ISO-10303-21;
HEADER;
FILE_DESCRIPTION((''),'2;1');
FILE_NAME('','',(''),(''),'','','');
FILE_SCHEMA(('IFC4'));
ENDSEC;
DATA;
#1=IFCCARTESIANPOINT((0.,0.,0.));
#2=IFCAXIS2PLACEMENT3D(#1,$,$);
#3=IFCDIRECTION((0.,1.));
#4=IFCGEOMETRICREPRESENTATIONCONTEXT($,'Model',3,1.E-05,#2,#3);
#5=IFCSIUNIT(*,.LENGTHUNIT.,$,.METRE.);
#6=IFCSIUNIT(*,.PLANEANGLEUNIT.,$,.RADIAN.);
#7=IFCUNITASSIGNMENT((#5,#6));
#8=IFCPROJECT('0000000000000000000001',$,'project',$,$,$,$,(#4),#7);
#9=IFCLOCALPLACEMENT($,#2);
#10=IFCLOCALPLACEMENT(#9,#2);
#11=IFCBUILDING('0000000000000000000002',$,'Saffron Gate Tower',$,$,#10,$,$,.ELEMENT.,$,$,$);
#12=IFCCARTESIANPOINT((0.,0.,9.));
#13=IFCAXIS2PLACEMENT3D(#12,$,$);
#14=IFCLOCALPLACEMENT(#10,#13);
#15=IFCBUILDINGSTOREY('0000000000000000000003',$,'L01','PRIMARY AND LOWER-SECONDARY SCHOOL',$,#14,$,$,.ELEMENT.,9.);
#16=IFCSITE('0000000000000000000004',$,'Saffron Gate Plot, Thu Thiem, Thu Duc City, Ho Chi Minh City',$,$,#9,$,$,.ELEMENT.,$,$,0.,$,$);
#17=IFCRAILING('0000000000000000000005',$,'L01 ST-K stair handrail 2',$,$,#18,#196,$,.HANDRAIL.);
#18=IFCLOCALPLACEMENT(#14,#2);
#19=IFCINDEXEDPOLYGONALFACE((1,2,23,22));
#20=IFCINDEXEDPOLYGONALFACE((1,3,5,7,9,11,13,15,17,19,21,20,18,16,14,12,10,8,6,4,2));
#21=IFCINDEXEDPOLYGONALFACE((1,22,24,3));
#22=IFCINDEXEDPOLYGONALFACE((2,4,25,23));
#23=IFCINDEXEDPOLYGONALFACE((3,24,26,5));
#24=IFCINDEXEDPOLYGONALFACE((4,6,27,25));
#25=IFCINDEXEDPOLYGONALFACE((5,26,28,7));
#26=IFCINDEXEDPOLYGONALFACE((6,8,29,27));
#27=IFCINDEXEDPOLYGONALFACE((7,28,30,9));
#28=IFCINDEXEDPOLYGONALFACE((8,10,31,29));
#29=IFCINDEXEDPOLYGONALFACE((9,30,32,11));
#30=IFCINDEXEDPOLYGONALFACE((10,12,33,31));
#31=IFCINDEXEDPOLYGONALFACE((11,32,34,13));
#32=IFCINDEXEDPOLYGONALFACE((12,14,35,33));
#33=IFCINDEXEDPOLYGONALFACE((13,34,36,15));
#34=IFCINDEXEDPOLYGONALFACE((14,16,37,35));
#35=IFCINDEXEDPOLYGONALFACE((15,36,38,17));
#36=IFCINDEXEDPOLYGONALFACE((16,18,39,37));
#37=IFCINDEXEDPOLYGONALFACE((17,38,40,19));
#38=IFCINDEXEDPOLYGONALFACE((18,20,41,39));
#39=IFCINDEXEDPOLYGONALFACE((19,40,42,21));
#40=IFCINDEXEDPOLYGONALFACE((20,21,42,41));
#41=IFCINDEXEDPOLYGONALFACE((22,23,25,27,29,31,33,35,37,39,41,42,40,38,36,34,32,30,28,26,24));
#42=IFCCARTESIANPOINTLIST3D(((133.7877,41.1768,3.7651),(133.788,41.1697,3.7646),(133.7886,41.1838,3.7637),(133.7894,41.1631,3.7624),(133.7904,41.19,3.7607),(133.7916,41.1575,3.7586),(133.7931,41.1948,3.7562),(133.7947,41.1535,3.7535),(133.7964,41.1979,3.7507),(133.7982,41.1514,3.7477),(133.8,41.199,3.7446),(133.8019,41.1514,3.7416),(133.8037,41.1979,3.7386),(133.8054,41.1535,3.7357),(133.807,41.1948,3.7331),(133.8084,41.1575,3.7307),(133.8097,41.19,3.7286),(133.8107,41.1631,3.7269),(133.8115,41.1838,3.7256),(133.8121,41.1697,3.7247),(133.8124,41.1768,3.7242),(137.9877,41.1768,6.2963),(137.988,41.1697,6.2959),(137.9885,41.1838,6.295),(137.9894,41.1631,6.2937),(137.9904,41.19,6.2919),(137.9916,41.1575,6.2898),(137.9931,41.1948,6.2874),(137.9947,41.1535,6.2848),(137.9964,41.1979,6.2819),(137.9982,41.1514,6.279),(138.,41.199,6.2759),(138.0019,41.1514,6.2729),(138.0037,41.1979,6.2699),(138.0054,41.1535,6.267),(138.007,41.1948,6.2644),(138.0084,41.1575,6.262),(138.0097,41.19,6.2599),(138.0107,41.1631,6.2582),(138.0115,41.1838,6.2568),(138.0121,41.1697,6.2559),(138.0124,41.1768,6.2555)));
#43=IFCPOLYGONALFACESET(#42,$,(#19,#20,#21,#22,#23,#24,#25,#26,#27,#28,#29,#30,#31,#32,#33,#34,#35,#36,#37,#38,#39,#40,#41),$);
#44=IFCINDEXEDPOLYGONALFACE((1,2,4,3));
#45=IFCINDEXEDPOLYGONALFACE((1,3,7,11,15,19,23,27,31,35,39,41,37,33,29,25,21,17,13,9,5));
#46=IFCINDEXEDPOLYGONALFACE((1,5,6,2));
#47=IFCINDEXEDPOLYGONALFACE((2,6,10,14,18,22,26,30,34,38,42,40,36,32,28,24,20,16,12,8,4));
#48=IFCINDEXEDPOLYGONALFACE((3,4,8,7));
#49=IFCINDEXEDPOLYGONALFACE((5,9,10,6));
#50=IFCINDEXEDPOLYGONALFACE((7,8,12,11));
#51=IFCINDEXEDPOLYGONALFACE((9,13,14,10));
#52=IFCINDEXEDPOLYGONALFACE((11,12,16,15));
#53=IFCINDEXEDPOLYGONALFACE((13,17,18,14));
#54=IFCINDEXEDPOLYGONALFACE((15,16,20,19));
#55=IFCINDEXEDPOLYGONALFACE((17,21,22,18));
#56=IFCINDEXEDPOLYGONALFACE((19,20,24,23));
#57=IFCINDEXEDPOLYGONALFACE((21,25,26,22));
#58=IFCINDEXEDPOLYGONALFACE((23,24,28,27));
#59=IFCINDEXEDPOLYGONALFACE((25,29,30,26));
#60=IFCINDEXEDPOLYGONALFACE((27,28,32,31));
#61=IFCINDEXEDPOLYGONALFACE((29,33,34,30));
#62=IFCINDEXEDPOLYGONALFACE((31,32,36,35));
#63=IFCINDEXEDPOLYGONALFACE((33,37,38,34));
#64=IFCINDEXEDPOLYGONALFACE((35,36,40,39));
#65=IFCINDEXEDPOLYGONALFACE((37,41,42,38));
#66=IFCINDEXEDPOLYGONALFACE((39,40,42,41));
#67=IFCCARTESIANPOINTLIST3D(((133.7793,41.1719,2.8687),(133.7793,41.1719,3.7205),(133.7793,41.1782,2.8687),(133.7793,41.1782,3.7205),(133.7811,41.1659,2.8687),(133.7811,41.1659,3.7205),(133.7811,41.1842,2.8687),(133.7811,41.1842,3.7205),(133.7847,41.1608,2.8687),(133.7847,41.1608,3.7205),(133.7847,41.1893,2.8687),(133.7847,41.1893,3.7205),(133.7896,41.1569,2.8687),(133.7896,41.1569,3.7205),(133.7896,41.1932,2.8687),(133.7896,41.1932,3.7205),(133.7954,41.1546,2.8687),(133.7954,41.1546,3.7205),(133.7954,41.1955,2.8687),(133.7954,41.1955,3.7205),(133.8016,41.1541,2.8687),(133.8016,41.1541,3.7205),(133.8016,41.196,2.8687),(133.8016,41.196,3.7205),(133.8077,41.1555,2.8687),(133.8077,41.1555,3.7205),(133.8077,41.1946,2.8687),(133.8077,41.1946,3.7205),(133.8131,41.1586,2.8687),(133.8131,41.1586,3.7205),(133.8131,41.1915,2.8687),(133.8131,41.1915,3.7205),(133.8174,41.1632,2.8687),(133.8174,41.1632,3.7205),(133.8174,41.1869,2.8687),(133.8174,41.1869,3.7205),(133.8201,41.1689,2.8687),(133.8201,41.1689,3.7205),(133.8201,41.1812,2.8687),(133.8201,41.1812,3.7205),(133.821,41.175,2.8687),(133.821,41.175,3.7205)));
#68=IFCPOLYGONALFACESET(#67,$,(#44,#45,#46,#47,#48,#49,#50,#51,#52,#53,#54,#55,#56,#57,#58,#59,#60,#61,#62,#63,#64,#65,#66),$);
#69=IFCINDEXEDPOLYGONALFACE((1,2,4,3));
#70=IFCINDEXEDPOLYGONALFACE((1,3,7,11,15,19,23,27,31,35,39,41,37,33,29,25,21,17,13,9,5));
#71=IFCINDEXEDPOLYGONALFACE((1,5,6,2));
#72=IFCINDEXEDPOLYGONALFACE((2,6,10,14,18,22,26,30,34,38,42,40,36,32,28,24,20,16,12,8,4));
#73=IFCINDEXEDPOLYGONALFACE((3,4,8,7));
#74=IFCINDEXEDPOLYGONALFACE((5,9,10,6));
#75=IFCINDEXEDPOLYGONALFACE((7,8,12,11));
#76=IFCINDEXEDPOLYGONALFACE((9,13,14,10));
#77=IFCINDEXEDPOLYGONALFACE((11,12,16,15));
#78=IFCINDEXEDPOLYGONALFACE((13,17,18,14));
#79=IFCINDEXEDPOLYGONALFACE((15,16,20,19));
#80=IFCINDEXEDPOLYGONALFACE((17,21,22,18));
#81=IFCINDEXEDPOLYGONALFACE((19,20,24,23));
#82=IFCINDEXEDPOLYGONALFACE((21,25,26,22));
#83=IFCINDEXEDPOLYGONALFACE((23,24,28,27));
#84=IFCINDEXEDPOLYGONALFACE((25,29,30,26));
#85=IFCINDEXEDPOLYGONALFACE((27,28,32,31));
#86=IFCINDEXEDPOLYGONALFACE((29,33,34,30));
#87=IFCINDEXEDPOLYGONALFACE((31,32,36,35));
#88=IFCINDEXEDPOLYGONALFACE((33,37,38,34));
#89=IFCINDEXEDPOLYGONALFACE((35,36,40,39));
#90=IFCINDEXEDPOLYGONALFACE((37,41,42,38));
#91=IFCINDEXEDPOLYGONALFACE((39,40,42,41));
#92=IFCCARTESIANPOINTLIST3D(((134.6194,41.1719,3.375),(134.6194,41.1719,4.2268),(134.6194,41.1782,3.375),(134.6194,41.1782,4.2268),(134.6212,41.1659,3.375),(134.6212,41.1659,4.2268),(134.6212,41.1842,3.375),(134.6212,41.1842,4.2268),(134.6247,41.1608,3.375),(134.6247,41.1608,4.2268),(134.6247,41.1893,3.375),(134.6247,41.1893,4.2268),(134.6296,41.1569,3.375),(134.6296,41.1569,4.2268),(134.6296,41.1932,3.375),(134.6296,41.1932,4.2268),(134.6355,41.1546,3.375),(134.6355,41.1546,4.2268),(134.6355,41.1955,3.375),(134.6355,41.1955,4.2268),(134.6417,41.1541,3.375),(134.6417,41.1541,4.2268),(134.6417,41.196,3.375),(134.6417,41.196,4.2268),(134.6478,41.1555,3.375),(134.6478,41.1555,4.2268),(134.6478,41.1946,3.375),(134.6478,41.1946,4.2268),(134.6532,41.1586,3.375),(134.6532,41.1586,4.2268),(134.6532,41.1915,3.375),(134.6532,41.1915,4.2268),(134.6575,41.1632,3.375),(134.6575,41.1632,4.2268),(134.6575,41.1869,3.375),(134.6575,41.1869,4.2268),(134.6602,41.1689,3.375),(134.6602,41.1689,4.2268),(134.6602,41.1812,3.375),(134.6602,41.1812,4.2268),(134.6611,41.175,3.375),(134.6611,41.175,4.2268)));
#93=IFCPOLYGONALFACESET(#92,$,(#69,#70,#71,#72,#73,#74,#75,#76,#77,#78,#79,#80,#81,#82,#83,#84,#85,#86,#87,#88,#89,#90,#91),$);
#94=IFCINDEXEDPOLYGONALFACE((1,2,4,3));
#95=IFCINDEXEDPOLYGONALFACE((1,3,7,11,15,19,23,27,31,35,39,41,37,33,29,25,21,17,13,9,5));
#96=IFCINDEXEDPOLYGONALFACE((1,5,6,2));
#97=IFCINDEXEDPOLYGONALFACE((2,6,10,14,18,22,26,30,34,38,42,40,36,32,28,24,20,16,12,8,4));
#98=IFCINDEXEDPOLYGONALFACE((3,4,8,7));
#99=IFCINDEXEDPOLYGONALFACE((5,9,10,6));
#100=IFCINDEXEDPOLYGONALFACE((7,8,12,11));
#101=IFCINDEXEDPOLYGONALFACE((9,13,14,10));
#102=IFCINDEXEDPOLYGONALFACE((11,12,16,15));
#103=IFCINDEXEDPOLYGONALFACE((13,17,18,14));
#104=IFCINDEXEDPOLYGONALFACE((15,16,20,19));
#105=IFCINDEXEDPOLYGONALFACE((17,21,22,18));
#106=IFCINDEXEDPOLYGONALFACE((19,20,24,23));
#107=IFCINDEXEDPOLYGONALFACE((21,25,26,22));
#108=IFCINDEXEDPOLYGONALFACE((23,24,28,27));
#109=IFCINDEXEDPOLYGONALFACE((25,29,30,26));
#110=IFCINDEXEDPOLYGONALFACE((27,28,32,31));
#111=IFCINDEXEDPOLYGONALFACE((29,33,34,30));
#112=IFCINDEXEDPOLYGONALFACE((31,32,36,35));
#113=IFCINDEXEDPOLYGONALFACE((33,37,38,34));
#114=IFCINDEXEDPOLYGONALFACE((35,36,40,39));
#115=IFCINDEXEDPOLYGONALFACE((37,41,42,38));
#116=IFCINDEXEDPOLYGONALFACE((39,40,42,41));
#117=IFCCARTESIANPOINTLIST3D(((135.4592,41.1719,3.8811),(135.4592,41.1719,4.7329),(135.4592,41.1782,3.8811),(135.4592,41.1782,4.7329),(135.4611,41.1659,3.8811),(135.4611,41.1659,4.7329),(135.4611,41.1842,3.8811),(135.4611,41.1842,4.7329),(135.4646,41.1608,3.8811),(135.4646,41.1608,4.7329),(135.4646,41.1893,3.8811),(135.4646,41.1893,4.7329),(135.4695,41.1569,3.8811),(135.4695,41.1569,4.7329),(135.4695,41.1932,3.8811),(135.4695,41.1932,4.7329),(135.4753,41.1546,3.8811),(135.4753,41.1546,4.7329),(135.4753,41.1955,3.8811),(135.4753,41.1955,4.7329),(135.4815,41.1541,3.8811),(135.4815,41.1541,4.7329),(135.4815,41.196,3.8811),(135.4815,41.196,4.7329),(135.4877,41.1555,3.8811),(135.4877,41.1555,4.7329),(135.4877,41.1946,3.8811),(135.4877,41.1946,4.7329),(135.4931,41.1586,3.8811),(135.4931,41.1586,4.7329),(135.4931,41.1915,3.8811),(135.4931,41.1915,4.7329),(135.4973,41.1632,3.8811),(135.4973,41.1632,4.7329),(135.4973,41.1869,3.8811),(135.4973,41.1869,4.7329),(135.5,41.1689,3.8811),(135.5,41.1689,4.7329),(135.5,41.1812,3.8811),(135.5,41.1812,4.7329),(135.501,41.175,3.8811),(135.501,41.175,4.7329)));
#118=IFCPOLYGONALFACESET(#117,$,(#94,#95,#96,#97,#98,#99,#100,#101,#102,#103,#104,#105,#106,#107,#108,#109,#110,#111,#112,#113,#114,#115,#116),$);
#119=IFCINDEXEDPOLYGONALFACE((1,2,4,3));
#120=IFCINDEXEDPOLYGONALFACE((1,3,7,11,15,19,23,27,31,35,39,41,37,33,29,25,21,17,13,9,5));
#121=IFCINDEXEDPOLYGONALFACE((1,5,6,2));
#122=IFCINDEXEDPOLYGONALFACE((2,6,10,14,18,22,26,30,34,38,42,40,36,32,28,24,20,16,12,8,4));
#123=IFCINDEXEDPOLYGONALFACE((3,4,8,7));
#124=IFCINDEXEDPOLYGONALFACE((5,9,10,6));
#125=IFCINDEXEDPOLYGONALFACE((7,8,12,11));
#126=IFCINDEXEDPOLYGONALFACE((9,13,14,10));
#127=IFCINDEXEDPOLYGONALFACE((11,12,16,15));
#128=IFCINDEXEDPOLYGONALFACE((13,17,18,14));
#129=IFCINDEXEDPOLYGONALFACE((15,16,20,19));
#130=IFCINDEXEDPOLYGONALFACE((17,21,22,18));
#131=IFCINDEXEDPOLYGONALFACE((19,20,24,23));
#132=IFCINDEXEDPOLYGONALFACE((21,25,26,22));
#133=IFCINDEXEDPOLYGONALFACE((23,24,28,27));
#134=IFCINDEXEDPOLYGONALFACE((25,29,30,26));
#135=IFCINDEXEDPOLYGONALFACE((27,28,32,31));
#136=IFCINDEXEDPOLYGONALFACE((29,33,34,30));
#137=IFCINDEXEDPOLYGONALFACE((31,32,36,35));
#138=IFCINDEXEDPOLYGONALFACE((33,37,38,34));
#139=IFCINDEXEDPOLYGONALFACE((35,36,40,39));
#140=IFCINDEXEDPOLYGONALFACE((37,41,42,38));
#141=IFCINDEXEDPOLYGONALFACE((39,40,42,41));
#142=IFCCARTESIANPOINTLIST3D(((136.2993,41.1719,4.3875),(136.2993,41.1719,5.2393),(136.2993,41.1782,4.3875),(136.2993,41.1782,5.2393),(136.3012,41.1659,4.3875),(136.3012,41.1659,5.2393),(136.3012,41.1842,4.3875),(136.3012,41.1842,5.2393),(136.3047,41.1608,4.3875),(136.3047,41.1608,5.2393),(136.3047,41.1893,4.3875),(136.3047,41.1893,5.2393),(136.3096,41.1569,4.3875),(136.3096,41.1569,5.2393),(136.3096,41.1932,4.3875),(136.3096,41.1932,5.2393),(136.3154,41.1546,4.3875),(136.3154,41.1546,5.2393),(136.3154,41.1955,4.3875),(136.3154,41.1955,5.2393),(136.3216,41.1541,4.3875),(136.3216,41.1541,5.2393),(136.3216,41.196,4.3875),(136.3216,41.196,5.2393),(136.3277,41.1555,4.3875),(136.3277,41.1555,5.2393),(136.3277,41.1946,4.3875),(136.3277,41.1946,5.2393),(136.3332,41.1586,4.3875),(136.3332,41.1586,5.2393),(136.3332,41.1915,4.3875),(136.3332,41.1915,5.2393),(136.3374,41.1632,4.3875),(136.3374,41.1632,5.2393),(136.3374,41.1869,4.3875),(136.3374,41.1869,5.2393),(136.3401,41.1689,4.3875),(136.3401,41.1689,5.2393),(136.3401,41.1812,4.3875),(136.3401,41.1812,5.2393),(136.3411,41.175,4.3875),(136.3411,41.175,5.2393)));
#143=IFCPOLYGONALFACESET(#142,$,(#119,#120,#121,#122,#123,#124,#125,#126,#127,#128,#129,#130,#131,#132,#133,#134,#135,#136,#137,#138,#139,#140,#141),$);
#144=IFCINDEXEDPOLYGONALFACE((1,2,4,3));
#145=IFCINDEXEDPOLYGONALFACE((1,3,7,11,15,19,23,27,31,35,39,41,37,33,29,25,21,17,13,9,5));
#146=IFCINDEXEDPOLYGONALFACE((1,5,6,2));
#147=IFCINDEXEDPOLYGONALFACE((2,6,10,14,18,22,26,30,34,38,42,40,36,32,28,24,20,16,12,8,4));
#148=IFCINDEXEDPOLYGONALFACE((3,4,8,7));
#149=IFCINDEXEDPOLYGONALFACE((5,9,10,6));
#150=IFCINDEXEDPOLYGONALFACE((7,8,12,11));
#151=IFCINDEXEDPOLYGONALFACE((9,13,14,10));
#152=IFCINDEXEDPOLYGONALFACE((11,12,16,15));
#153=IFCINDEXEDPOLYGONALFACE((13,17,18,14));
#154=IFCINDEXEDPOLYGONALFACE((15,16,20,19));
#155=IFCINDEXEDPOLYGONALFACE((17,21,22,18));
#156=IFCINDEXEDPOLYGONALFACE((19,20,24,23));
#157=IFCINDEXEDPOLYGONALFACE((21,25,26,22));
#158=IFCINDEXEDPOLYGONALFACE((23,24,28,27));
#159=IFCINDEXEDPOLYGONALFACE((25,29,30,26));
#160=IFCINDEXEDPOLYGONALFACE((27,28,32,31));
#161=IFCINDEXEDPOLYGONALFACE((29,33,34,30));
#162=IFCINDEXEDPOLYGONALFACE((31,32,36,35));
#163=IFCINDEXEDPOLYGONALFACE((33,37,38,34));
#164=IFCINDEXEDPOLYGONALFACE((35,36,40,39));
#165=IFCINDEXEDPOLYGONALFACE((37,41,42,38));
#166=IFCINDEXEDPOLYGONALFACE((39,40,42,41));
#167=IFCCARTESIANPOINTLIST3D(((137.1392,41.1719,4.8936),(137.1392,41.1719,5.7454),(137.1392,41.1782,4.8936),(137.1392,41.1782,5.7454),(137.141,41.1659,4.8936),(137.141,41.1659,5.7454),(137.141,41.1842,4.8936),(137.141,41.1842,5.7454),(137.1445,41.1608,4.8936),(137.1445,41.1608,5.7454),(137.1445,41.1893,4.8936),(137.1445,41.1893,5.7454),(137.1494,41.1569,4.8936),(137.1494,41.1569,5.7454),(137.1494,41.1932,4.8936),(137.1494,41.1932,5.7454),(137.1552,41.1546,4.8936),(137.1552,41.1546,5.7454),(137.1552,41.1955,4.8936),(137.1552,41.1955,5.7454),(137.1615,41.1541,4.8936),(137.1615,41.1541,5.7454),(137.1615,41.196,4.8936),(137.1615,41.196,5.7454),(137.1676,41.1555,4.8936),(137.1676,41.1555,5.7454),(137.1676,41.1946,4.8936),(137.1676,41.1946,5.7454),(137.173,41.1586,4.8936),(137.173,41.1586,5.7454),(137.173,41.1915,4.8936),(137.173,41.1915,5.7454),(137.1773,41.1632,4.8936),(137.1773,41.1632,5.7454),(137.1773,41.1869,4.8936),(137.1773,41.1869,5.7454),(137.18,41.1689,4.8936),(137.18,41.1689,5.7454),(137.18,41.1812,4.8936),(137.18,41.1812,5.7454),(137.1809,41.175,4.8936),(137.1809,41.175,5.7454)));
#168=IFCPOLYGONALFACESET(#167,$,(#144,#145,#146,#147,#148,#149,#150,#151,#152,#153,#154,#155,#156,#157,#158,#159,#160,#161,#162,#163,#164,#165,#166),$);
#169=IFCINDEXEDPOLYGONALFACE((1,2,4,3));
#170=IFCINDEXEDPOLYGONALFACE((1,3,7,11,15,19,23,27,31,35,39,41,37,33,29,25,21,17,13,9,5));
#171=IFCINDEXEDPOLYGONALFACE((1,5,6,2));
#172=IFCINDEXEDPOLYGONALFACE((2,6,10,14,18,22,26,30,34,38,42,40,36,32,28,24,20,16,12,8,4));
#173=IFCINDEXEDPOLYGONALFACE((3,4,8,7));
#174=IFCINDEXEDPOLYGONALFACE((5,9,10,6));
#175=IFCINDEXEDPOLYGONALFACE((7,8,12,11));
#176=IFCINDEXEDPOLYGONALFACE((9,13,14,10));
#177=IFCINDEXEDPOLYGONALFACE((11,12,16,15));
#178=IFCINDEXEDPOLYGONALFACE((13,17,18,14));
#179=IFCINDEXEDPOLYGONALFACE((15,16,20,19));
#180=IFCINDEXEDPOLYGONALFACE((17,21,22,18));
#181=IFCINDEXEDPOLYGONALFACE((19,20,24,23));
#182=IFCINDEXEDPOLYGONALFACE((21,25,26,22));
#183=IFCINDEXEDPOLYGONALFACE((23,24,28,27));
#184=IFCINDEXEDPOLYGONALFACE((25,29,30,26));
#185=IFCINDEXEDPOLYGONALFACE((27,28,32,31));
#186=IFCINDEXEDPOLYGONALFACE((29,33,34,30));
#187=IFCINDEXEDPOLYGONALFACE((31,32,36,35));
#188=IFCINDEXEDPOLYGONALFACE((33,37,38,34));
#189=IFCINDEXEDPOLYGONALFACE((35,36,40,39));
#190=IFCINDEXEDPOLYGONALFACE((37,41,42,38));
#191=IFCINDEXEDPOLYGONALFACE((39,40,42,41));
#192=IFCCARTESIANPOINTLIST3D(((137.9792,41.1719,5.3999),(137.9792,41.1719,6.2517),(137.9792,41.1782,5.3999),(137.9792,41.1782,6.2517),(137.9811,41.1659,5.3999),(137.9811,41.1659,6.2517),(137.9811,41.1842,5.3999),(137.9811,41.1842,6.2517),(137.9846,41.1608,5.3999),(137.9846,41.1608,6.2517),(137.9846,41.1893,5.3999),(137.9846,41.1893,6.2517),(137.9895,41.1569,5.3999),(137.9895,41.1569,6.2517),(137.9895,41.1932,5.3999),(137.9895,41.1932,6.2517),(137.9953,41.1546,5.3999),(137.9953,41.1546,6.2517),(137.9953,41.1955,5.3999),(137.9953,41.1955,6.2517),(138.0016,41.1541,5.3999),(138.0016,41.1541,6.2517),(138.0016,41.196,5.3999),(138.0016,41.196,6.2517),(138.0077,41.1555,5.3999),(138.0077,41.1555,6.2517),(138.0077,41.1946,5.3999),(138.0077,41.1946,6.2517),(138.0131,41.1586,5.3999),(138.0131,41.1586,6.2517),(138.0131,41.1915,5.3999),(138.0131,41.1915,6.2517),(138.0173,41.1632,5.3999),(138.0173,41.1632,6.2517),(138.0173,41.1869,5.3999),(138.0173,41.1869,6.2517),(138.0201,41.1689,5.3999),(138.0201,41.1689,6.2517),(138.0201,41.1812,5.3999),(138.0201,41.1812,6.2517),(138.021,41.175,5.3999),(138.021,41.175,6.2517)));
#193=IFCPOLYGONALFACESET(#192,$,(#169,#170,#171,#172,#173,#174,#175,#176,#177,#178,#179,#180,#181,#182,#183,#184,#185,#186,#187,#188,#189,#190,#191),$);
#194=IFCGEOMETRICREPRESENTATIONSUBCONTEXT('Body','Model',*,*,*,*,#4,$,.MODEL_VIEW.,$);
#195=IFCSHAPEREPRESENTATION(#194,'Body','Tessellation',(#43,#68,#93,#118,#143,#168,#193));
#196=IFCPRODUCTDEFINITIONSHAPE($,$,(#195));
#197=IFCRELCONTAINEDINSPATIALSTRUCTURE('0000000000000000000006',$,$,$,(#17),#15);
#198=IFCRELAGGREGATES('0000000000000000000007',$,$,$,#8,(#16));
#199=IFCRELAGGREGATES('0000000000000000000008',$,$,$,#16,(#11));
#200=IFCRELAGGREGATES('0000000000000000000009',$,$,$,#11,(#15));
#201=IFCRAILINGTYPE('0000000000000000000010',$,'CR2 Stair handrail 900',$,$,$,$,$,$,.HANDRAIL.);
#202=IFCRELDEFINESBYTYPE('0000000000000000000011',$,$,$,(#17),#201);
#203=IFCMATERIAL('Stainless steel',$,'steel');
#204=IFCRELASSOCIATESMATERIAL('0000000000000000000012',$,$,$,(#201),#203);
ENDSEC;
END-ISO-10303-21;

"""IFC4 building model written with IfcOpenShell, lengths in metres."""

from ifc_helpers import new_model, si_unit, direction, frame, origin, origin_2d, place, context, subcontext, project, spatial, circle, extrude, material, type_object, element, save


model = new_model("IFC4")

# Units and contexts
model_context = context("Model", 3, precision=1e-05, world=origin(), true_north=direction((0.0, 1.0)))
body_context = subcontext(model_context, "Body", "Model", "MODEL_VIEW")
ifc_project = project(units=[si_unit("LENGTHUNIT", "METRE"), si_unit("PLANEANGLEUNIT", "RADIAN")], contexts=[model_context])

# Site, building, storey
site_placement = place(None, origin())
site = spatial("IfcSite", under=ifc_project, at=site_placement, Name="Saffron Gate Plot, Thu Thiem, Thu Duc City, Ho Chi Minh City", CompositionType="ELEMENT", RefElevation=0.0)
building_placement = place(site_placement, origin())
building = spatial("IfcBuilding", under=site, at=building_placement, Name="Saffron Gate Tower", CompositionType="ELEMENT")
storey_placement = place(building_placement, frame((0.0, 0.0, 9.0)))
storey = spatial("IfcBuildingStorey", under=building, at=storey_placement, Name="L01", Description="PRIMARY AND LOWER-SECONDARY SCHOOL", CompositionType="ELEMENT", Elevation=9.0)

# Railing
ifc_material_1 = material(Name="Stainless steel", Category="steel")
railing_type_1 = type_object("IfcRailingType", Name="CR2 Stair handrail 900", PredefinedType="HANDRAIL", material=ifc_material_1)
railing_1_placement = place(storey_placement, frame((133.8, 41.175, 2.8687)))
element("IfcRailing", 1, at=railing_1_placement, inside=storey, type_object=railing_type_1, Name="L01 ST-K stair handrail 2", PredefinedType="HANDRAIL", context=body_context, shape_type="SweptSolid", body=[
    extrude(circle(Radius=0.0239, at=origin_2d()), frame((0.0, 0.0, 0.876), z_axis=(0.856476, 0.0, 0.516186), x_axis=(0.0, 1.0, 0.0)), (0.0, 0.0, 1.0), 4.9038),
    extrude(circle(Radius=0.021, at=origin_2d()), origin(), (0.0, 0.0, 1.0), 0.8518),
    extrude(circle(Radius=0.021, at=origin_2d()), frame((0.8401, 0.0, 0.5063)), (0.0, 0.0, 1.0), 0.8518),
    extrude(circle(Radius=0.021, at=origin_2d()), frame((1.6799, 0.0, 1.0125)), (0.0, 0.0, 1.0), 0.8518),
    extrude(circle(Radius=0.021, at=origin_2d()), frame((2.52, 0.0, 1.5188)), (0.0, 0.0, 1.0), 0.8518),
    extrude(circle(Radius=0.021, at=origin_2d()), frame((3.3599, 0.0, 2.0249)), (0.0, 0.0, 1.0), 0.8518),
    extrude(circle(Radius=0.021, at=origin_2d()), frame((4.2, 0.0, 2.5312)), (0.0, 0.0, 1.0), 0.8518),
])

save(model, "model.ifc")
